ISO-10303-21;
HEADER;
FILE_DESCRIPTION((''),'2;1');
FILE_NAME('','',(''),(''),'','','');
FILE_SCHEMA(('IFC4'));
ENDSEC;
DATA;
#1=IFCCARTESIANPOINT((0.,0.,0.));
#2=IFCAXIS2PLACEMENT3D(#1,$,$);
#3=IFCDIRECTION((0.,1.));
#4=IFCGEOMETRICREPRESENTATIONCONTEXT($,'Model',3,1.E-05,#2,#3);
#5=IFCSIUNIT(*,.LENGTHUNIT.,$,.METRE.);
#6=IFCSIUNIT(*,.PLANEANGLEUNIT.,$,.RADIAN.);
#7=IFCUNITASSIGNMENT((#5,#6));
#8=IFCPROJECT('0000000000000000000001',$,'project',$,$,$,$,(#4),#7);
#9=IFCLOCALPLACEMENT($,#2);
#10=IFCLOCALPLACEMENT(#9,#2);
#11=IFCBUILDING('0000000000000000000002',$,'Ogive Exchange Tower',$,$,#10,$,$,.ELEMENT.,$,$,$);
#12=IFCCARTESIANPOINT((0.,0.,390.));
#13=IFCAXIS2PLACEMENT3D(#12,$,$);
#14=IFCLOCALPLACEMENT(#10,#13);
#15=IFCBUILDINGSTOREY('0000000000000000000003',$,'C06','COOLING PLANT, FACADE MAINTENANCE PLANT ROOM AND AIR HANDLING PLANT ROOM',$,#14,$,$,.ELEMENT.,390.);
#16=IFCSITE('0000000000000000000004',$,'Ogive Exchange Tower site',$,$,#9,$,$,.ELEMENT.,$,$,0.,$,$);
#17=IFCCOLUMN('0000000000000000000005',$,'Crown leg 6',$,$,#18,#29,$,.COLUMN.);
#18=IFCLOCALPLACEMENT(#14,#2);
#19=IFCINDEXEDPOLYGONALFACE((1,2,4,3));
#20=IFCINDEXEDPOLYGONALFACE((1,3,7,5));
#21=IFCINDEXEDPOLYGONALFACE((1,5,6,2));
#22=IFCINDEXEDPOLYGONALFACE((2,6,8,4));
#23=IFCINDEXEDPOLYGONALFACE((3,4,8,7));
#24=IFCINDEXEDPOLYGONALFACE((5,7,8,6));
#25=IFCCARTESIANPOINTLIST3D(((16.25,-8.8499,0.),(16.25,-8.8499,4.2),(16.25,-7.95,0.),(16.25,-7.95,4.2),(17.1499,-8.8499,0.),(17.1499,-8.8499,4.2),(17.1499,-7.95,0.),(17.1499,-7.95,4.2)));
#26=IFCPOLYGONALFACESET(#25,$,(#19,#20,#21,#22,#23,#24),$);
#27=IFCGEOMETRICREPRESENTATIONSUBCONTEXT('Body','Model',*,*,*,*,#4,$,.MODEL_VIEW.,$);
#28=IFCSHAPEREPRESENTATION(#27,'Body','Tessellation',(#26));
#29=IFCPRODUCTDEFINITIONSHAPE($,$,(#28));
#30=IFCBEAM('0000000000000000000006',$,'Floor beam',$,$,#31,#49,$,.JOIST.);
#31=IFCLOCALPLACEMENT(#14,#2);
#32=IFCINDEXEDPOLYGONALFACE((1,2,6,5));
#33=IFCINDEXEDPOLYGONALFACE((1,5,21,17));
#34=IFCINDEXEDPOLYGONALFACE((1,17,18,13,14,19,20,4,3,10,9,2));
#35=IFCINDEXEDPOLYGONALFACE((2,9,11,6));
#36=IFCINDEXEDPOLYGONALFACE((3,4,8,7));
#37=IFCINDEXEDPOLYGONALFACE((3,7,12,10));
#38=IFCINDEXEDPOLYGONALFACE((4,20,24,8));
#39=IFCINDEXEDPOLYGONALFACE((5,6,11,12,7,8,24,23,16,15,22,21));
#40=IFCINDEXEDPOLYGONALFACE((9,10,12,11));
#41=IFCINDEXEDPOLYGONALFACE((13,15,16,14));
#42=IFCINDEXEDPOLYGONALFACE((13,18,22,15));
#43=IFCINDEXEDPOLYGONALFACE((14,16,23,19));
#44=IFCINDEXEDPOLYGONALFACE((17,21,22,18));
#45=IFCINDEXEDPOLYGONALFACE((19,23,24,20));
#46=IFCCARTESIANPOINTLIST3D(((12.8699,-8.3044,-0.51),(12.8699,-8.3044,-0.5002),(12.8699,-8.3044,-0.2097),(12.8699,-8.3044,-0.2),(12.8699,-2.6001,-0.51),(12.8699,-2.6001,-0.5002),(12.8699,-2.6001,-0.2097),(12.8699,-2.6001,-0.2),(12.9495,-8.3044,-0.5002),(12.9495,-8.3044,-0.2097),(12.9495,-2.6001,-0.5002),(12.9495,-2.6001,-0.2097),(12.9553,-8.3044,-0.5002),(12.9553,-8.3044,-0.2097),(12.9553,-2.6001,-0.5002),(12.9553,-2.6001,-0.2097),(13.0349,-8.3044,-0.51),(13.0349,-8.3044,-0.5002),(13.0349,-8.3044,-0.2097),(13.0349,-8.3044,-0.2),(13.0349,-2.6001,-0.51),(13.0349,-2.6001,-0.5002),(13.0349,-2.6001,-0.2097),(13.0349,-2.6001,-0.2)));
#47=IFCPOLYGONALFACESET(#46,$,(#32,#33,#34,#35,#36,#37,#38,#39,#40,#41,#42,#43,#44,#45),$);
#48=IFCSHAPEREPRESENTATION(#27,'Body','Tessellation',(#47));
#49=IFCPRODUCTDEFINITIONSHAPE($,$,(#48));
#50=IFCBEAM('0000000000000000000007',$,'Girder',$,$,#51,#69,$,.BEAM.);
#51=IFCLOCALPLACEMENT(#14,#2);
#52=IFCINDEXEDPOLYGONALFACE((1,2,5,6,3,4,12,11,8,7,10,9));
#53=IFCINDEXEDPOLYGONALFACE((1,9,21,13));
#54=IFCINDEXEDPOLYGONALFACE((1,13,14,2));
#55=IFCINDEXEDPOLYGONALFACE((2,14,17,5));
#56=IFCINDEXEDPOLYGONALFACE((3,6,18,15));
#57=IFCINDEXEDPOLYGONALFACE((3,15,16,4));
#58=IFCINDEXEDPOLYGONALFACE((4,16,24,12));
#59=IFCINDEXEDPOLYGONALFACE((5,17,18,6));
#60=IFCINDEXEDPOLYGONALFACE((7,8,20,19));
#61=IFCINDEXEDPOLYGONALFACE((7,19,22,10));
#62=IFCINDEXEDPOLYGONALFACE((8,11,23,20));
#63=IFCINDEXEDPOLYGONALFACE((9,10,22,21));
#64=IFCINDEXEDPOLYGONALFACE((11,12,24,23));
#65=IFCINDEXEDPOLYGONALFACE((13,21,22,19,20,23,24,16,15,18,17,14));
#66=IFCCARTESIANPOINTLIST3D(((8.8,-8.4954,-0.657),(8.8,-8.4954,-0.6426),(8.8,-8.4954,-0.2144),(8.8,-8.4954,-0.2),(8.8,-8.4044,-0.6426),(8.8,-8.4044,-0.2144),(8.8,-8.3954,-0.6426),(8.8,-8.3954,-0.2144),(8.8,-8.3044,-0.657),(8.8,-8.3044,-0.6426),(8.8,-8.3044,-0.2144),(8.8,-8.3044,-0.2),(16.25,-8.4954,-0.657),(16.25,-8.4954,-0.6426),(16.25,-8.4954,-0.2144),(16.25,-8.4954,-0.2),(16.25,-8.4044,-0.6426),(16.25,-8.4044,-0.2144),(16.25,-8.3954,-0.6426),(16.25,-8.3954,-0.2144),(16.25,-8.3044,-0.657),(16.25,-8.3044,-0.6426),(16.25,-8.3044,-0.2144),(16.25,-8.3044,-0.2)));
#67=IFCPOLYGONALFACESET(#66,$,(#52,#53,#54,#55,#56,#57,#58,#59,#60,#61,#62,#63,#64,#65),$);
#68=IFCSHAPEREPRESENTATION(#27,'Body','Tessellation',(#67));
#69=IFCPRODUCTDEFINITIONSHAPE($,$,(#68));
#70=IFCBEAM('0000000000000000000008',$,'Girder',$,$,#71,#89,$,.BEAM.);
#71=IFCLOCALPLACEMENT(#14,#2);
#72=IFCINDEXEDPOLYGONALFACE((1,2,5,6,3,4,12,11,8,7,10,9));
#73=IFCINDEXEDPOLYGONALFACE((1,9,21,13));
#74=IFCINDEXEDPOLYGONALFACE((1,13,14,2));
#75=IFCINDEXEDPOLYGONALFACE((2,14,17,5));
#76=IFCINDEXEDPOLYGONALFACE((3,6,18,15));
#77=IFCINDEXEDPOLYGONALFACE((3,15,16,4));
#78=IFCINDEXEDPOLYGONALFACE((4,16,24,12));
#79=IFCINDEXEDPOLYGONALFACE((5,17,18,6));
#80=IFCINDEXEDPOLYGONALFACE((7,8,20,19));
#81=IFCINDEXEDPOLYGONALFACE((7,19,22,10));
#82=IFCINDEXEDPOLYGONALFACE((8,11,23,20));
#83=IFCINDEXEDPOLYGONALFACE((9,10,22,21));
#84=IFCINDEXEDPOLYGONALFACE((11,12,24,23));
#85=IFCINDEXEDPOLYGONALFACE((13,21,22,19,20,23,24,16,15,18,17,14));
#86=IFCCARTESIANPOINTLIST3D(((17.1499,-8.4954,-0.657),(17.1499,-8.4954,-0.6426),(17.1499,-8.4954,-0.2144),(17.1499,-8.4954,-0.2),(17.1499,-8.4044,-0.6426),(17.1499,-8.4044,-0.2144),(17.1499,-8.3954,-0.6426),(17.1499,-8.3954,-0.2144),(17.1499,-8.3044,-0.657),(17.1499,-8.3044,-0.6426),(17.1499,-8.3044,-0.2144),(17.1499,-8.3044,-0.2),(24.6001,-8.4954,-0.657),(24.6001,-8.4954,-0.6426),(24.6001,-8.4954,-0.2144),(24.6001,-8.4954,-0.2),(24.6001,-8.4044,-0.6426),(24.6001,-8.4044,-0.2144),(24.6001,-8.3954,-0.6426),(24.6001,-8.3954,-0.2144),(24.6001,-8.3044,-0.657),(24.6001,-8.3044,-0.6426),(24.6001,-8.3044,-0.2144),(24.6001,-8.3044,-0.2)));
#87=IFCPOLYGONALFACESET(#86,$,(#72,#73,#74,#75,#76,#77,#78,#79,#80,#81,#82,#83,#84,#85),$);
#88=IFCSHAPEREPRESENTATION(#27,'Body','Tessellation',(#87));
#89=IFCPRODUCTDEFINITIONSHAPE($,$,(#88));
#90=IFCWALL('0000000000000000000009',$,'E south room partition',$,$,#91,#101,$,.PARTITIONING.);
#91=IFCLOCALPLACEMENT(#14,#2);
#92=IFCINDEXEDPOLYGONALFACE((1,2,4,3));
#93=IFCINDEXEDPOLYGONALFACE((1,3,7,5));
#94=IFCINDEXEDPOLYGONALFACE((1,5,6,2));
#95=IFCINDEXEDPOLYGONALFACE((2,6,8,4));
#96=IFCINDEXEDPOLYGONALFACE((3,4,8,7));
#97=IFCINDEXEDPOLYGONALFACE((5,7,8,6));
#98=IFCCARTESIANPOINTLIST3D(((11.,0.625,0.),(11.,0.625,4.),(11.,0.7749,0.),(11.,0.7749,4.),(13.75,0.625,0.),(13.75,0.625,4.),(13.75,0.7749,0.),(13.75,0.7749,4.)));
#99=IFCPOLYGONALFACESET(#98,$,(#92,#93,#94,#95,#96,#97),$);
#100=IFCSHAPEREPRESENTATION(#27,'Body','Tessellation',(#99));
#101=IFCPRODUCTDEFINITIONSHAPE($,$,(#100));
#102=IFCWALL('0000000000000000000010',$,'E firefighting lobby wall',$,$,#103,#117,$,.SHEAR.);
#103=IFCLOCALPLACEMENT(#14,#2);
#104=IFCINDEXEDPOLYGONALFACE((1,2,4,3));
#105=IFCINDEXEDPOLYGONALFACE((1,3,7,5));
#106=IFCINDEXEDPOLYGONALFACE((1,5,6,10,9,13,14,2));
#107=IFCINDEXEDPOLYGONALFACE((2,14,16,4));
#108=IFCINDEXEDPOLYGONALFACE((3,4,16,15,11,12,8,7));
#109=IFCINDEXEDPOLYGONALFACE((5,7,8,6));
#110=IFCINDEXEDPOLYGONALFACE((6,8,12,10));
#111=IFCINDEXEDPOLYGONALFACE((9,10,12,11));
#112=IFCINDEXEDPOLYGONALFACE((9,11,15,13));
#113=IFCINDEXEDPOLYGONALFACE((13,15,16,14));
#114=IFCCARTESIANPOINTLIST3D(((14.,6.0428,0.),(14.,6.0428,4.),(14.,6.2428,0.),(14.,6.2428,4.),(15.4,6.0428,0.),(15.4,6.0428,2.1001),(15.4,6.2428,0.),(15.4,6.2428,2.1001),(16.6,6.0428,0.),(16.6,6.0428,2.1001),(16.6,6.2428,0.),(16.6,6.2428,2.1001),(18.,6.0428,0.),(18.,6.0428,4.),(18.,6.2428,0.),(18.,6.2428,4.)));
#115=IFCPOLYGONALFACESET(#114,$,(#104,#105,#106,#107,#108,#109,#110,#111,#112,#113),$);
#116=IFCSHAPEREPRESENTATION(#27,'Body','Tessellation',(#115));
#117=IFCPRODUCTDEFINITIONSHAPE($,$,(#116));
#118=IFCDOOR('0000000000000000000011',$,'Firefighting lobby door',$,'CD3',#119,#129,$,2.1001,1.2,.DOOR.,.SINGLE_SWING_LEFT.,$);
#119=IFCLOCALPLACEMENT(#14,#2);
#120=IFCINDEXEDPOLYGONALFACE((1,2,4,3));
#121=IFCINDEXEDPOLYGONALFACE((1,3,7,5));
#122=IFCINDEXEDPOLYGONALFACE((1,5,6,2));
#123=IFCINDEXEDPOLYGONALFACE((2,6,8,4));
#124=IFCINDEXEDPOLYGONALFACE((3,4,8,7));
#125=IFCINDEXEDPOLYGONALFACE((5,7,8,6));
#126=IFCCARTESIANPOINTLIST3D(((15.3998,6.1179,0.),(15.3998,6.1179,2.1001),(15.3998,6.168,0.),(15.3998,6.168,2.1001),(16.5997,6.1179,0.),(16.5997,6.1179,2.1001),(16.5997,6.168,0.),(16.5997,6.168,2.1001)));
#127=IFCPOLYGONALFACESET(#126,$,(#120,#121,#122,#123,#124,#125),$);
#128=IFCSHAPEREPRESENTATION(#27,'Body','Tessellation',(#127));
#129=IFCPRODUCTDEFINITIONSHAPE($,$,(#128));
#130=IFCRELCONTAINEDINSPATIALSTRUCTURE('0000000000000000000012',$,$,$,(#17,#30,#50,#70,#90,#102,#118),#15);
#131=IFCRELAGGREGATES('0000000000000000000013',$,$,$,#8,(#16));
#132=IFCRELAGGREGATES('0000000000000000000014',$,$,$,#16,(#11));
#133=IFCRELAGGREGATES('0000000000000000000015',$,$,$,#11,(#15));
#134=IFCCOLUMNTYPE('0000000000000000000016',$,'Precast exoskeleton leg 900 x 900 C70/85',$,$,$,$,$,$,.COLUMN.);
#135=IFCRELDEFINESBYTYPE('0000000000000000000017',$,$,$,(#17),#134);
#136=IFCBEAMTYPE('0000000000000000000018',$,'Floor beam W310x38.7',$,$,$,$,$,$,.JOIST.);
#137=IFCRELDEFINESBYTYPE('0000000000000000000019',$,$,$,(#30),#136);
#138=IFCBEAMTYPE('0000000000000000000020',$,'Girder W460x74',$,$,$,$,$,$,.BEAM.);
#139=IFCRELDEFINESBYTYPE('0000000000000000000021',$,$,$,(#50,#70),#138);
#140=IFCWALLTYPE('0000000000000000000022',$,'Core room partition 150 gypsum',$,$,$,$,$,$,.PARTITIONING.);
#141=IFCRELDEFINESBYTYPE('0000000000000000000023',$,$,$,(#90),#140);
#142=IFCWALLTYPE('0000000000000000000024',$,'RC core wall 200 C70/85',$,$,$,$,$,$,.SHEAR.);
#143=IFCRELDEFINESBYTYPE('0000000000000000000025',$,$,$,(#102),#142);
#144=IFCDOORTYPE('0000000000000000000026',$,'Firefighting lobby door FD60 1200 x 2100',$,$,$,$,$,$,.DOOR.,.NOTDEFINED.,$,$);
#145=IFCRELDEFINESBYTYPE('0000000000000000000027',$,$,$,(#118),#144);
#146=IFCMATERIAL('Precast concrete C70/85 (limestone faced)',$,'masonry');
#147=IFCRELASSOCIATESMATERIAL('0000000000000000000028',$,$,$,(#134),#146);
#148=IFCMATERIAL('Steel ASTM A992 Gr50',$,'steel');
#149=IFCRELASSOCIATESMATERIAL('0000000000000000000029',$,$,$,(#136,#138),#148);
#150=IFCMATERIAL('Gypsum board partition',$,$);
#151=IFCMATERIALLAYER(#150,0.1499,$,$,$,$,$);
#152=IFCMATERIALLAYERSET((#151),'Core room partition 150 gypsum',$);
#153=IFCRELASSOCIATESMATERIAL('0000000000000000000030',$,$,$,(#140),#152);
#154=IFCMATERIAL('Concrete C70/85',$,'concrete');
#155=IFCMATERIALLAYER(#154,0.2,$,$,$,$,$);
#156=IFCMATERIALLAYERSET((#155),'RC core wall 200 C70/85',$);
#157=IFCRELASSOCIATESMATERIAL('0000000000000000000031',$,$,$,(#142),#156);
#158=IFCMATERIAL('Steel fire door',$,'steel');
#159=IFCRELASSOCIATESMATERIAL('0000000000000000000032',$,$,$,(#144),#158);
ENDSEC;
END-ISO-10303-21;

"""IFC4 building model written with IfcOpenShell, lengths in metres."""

from ifc_helpers import new_model, si_unit, direction, frame, frame_2d, origin, origin_2d, place, context, subcontext, project, spatial, rectangle, i_section, extrude, material, layer, layer_set, material_profile, profile_set, type_object, element, fill, save


model = new_model("IFC4")

# Units and contexts
model_context = context("Model", 3, precision=1e-05, world=origin(), true_north=direction((0.0, 1.0)))
body_context = subcontext(model_context, "Body", "Model", "MODEL_VIEW")
ifc_project = project(units=[si_unit("LENGTHUNIT", "METRE"), si_unit("PLANEANGLEUNIT", "RADIAN")], contexts=[model_context])

# Site, building, storey
site_placement = place(None, origin())
site = spatial("IfcSite", under=ifc_project, at=site_placement, Name="Ogive Exchange Tower site", CompositionType="ELEMENT", RefElevation=0.0)
building_placement = place(site_placement, origin())
building = spatial("IfcBuilding", under=site, at=building_placement, Name="Ogive Exchange Tower", CompositionType="ELEMENT")
storey_placement = place(building_placement, frame((0.0, 0.0, 390.0)))
storey = spatial("IfcBuildingStorey", under=building, at=storey_placement, Name="C06", Description="COOLING PLANT, FACADE MAINTENANCE PLANT ROOM AND AIR HANDLING PLANT ROOM", CompositionType="ELEMENT", Elevation=390.0)

# Column
ifc_material_1 = material(Name="Precast concrete C70/85 (limestone faced)", Category="masonry")
ifc_material_profile_1 = material_profile(ifc_material_1, rectangle(XDim=0.8999, YDim=0.8999, at=origin_2d()), Name="900 x 900")
ifc_profile_set_1 = profile_set([ifc_material_profile_1], Name="Precast concrete C70/85 (limestone faced)")
column_type = type_object("IfcColumnType", Name="Precast exoskeleton leg 900 x 900 C70/85", PredefinedType="COLUMN", material=ifc_profile_set_1)
column_placement = place(storey_placement, frame((16.7, -8.3999, 0.0), z_axis=(0.0, 0.0, 1.0), x_axis=(1.0, 0.0, 0.0)))
element("IfcColumn", 1, at=column_placement, inside=storey, type_object=column_type, Name="Crown leg 6", PredefinedType="COLUMN", context=body_context, shape_type="SweptSolid", body=[
    extrude(rectangle(XDim=0.8999, YDim=0.8999, at=origin_2d()), origin(), (0.0, 0.0, 1.0), 4.2),
])

# Beams
ifc_material_2 = material(Name="Steel ASTM A992 Gr50", Category="steel")
ifc_material_profile_2 = material_profile(ifc_material_2, i_section(OverallWidth=0.165, OverallDepth=0.3101, WebThickness=0.0059, FlangeThickness=0.0098, at=origin_2d()), Name="W310x38.7")
ifc_profile_set_2 = profile_set([ifc_material_profile_2], Name="Steel ASTM A992 Gr50")
beam_type_1 = type_object("IfcBeamType", Name="Floor beam W310x38.7", PredefinedType="JOIST", material=ifc_profile_set_2)
beam_1_placement = place(storey_placement, frame((12.9524, -8.3044, -0.355), z_axis=(0.0, 1.0, 0.0), x_axis=(-1.0, 0.0, 0.0)))
element("IfcBeam", 2, at=beam_1_placement, inside=storey, type_object=beam_type_1, Name="Floor beam", PredefinedType="JOIST", context=body_context, shape_type="SweptSolid", body=[
    extrude(i_section(OverallWidth=0.165, OverallDepth=0.3101, WebThickness=0.0059, FlangeThickness=0.0098, at=origin_2d()), origin(), (0.0, 0.0, 1.0), 5.7043),
])
ifc_material_profile_3 = material_profile(ifc_material_2, i_section(OverallWidth=0.1909, OverallDepth=0.457, WebThickness=0.009, FlangeThickness=0.0144, at=origin_2d()), Name="W460x74")
ifc_profile_set_3 = profile_set([ifc_material_profile_3], Name="Steel ASTM A992 Gr50")
beam_type_2 = type_object("IfcBeamType", Name="Girder W460x74", PredefinedType="BEAM", material=ifc_profile_set_3)
beam_2_placement = place(storey_placement, frame((8.8, -8.3999, -0.4285), z_axis=(1.0, 0.0, 0.0), x_axis=(0.0, 1.0, 0.0)))
element("IfcBeam", 3, at=beam_2_placement, inside=storey, type_object=beam_type_2, Name="Girder", PredefinedType="BEAM", context=body_context, shape_type="SweptSolid", body=[
    extrude(i_section(OverallWidth=0.1909, OverallDepth=0.457, WebThickness=0.009, FlangeThickness=0.0144, at=origin_2d()), origin(), (0.0, 0.0, 1.0), 7.45),
])
beam_3_placement = place(storey_placement, frame((17.1499, -8.3999, -0.4285), z_axis=(1.0, 0.0, 0.0), x_axis=(0.0, 1.0, 0.0)))
element("IfcBeam", 4, at=beam_3_placement, inside=storey, type_object=beam_type_2, Name="Girder", PredefinedType="BEAM", context=body_context, shape_type="SweptSolid", body=[
    extrude(i_section(OverallWidth=0.1909, OverallDepth=0.457, WebThickness=0.009, FlangeThickness=0.0144, at=origin_2d()), origin(), (0.0, 0.0, 1.0), 7.4502),
])

# Wall
ifc_material_3 = material(Name="Gypsum board partition")
ifc_layer_1 = layer(ifc_material_3, 0.1499)
ifc_layer_set_1 = layer_set([ifc_layer_1], Name="Core room partition 150 gypsum")
wall_type_1 = type_object("IfcWallType", Name="Core room partition 150 gypsum", PredefinedType="PARTITIONING", material=ifc_layer_set_1)
wall_1_placement = place(storey_placement, frame((11.0, 0.7, 0.0), z_axis=(0.0, 0.0, 1.0), x_axis=(1.0, 0.0, 0.0)))
element("IfcWall", 5, at=wall_1_placement, inside=storey, type_object=wall_type_1, Name="E south room partition", PredefinedType="PARTITIONING", context=body_context, shape_type="SweptSolid", body=[
    extrude(rectangle(XDim=2.75, YDim=0.1499, at=frame_2d((1.375, 0.0))), origin(), (0.0, 0.0, 1.0), 4.0),
])

# Wall, opening, door
ifc_material_4 = material(Name="Concrete C70/85", Category="concrete")
ifc_layer_2 = layer(ifc_material_4, 0.2)
ifc_layer_set_2 = layer_set([ifc_layer_2], Name="RC core wall 200 C70/85")
wall_type_2 = type_object("IfcWallType", Name="RC core wall 200 C70/85", PredefinedType="SHEAR", material=ifc_layer_set_2)
wall_2_placement = place(storey_placement, frame((14.0, 6.1428, 0.0), z_axis=(0.0, 0.0, 1.0), x_axis=(1.0, 0.0, 0.0)))
wall_2 = element("IfcWall", 6, at=wall_2_placement, inside=storey, type_object=wall_type_2, Name="E firefighting lobby wall", PredefinedType="SHEAR", context=body_context, shape_type="SweptSolid", body=[
    extrude(rectangle(XDim=4.0, YDim=0.2, at=frame_2d((2.0, 0.0))), origin(), (0.0, 0.0, 1.0), 4.0),
])
opening_1_placement = place(wall_2_placement, frame((1.3999, 0.0, 0.0)))
opening_1 = element("IfcOpeningElement", 7, at=opening_1_placement, cuts=wall_2, PredefinedType="OPENING", context=body_context, shape_type="SweptSolid", body=[
    extrude(rectangle(XDim=1.2, YDim=2.1001, at=frame_2d((0.6001, 1.05))), frame((0.0, 0.1099, 0.0), z_axis=(0.0, -1.0, 0.0), x_axis=(1.0, 0.0, 0.0)), (0.0, 0.0, 1.0), 0.22),
])
ifc_material_5 = material(Name="Steel fire door", Category="steel")
door_type_1 = type_object("IfcDoorType", Name="Firefighting lobby door FD60 1200 x 2100", OperationType="NOTDEFINED", PredefinedType="DOOR", material=ifc_material_5)
door_1_placement = place(opening_1_placement, frame((1.2, 0.0, 0.0), z_axis=(0.0, 0.0, 1.0), x_axis=(-1.0, 0.0, 0.0)))
door_1 = element("IfcDoor", 8, at=door_1_placement, inside=storey, type_object=door_type_1, Name="Firefighting lobby door", ObjectType="CD3", OperationType="SINGLE_SWING_LEFT", OverallHeight=2.1001, OverallWidth=1.2, PredefinedType="DOOR", context=body_context, shape_type="SweptSolid", body=[
    extrude(rectangle(XDim=1.2, YDim=2.1001, at=frame_2d((0.6001, 1.05))), frame((0.0, 0.0249, 0.0), z_axis=(0.0, -1.0, 0.0), x_axis=(1.0, 0.0, 0.0)), (0.0, 0.0, 1.0), 0.05),
])
fill(opening_1, door_1)

save(model, "model.ifc")
